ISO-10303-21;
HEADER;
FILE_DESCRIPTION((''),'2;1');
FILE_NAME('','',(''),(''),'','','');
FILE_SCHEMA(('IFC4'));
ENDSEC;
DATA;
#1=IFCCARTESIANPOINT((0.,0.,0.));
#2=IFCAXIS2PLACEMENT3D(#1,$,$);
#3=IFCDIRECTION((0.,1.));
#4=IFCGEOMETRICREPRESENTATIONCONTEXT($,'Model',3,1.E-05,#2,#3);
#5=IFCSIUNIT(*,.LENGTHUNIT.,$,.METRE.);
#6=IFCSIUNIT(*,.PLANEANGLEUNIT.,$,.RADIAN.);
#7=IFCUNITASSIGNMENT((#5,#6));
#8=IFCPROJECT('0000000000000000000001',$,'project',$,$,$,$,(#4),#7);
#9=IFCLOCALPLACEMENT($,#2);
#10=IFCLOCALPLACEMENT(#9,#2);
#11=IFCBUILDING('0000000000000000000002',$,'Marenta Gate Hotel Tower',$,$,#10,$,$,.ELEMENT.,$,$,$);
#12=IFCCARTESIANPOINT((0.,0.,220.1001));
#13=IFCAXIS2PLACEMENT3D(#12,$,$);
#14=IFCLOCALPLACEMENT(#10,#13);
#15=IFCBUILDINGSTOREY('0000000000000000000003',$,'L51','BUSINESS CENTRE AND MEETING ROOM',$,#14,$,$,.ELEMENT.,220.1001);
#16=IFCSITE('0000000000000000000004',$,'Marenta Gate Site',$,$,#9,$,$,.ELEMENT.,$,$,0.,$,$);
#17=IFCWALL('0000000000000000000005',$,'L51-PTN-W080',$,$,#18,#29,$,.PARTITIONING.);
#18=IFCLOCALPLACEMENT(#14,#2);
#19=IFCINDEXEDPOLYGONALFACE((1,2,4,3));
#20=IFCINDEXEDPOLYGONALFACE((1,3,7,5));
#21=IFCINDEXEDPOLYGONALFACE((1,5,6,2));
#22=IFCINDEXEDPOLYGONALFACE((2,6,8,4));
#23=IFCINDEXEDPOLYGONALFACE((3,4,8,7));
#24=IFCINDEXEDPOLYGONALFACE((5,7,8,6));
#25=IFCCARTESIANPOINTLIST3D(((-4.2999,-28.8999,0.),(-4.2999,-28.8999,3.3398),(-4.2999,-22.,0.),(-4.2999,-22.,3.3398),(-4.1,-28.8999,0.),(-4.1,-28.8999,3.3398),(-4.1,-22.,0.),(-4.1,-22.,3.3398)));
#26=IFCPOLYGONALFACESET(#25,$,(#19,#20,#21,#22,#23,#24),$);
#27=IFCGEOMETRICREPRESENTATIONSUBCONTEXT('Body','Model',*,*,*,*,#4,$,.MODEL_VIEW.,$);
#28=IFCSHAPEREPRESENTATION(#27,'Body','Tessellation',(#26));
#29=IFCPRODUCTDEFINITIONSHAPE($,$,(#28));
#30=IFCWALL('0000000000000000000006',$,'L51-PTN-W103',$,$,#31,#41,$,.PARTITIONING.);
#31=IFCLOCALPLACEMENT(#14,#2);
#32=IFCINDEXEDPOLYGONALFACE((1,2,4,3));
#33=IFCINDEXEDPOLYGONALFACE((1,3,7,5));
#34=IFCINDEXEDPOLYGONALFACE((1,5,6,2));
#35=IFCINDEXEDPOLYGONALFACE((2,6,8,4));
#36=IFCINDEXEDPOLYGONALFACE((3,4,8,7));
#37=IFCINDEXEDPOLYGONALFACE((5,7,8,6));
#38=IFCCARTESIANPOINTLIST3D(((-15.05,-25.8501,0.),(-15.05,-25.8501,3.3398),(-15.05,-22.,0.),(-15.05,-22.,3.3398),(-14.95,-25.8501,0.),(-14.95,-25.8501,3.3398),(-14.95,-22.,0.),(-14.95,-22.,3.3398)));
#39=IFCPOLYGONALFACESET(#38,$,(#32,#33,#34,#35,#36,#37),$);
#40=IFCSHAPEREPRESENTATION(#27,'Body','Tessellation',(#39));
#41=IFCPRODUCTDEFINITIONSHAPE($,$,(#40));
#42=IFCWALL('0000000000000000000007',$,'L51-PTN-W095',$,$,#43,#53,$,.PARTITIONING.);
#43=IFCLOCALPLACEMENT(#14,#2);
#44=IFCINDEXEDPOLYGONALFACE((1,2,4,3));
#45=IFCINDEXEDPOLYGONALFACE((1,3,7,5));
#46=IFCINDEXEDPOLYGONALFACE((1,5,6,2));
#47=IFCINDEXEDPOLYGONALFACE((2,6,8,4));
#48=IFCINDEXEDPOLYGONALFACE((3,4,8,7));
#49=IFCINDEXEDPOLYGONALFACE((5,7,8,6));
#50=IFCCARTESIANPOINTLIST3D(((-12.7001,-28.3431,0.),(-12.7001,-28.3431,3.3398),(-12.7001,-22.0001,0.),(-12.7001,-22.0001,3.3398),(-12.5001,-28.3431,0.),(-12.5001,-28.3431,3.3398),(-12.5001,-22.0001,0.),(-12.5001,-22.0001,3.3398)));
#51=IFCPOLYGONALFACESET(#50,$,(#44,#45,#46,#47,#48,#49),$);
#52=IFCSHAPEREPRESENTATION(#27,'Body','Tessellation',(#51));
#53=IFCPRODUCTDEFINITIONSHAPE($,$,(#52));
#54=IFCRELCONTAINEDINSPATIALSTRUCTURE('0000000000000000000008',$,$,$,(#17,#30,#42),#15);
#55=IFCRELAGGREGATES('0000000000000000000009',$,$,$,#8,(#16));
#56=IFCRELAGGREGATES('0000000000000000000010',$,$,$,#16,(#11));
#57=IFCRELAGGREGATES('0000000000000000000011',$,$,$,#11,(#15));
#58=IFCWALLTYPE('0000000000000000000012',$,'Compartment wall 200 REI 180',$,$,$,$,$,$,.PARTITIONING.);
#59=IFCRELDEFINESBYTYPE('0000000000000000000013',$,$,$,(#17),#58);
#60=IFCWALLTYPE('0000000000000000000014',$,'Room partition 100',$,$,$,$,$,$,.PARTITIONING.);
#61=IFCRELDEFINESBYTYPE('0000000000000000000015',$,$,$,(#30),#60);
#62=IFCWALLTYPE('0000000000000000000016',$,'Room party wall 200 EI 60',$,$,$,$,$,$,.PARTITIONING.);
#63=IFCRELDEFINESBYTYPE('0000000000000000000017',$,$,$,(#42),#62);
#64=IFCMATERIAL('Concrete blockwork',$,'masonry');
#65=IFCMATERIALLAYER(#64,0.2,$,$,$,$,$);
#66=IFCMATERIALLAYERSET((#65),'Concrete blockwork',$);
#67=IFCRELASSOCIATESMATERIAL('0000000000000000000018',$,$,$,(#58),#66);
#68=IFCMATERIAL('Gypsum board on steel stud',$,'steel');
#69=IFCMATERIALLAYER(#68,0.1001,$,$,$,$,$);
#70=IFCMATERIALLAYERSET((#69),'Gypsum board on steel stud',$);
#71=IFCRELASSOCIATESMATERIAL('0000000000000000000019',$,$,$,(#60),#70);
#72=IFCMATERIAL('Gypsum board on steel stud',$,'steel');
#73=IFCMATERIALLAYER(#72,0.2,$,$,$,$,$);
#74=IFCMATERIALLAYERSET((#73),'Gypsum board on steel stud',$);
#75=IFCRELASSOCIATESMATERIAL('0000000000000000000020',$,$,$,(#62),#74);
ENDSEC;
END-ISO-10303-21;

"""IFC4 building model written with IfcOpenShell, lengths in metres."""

from ifc_helpers import new_model, si_unit, direction, frame, frame_2d, origin, place, context, subcontext, project, spatial, rectangle, extrude, material, layer, layer_set, type_object, element, save


model = new_model("IFC4")

# Units and contexts
model_context = context("Model", 3, precision=1e-05, world=origin(), true_north=direction((0.0, 1.0)))
body_context = subcontext(model_context, "Body", "Model", "MODEL_VIEW")
ifc_project = project(units=[si_unit("LENGTHUNIT", "METRE"), si_unit("PLANEANGLEUNIT", "RADIAN")], contexts=[model_context])

# Site, building, storey
site_placement = place(None, origin())
site = spatial("IfcSite", under=ifc_project, at=site_placement, Name="Marenta Gate Site", CompositionType="ELEMENT", RefElevation=0.0)
building_placement = place(site_placement, origin())
building = spatial("IfcBuilding", under=site, at=building_placement, Name="Marenta Gate Hotel Tower", CompositionType="ELEMENT")
storey_placement = place(building_placement, frame((0.0, 0.0, 220.1001)))
storey = spatial("IfcBuildingStorey", under=building, at=storey_placement, Name="L51", Description="BUSINESS CENTRE AND MEETING ROOM", CompositionType="ELEMENT", Elevation=220.1001)

# Walls
ifc_material_1 = material(Name="Concrete blockwork", Category="masonry")
ifc_layer_1 = layer(ifc_material_1, 0.2)
ifc_layer_set_1 = layer_set([ifc_layer_1], Name="Concrete blockwork")
wall_type_1 = type_object("IfcWallType", Name="Compartment wall 200 REI 180", PredefinedType="PARTITIONING", material=ifc_layer_set_1)
wall_1_placement = place(storey_placement, frame((-4.2, -28.8999, 0.0), z_axis=(0.0, 0.0, 1.0), x_axis=(0.0, 1.0, 0.0)))
element("IfcWall", 1, at=wall_1_placement, inside=storey, type_object=wall_type_1, Name="L51-PTN-W080", PredefinedType="PARTITIONING", context=body_context, shape_type="SweptSolid", body=[
    extrude(rectangle(XDim=6.8999, YDim=0.2, at=frame_2d((3.45, 0.0))), origin(), (0.0, 0.0, 1.0), 3.3398),
])
ifc_material_2 = material(Name="Gypsum board on steel stud", Category="steel")
ifc_layer_2 = layer(ifc_material_2, 0.1001)
ifc_layer_set_2 = layer_set([ifc_layer_2], Name="Gypsum board on steel stud")
wall_type_2 = type_object("IfcWallType", Name="Room partition 100", PredefinedType="PARTITIONING", material=ifc_layer_set_2)
wall_2_placement = place(storey_placement, frame((-15.0, -25.8501, 0.0), z_axis=(0.0, 0.0, 1.0), x_axis=(0.0, 1.0, 0.0)))
element("IfcWall", 2, at=wall_2_placement, inside=storey, type_object=wall_type_2, Name="L51-PTN-W103", PredefinedType="PARTITIONING", context=body_context, shape_type="SweptSolid", body=[
    extrude(rectangle(XDim=3.8501, YDim=0.1001, at=frame_2d((1.925, 0.0))), origin(), (0.0, 0.0, 1.0), 3.3398),
])
ifc_material_3 = material(Name="Gypsum board on steel stud", Category="steel")
ifc_layer_3 = layer(ifc_material_3, 0.2)
ifc_layer_set_3 = layer_set([ifc_layer_3], Name="Gypsum board on steel stud")
wall_type_3 = type_object("IfcWallType", Name="Room party wall 200 EI 60", PredefinedType="PARTITIONING", material=ifc_layer_set_3)
wall_3_placement = place(storey_placement, frame((-12.6001, -28.343, 0.0), z_axis=(0.0, 0.0, 1.0), x_axis=(0.0, 1.0, 0.0)))
element("IfcWall", 3, at=wall_3_placement, inside=storey, type_object=wall_type_3, Name="L51-PTN-W095", PredefinedType="PARTITIONING", context=body_context, shape_type="SweptSolid", body=[
    extrude(rectangle(XDim=6.343, YDim=0.2, at=frame_2d((3.1714, 0.0))), origin(), (0.0, 0.0, 1.0), 3.3398),
])

save(model, "model.ifc")
